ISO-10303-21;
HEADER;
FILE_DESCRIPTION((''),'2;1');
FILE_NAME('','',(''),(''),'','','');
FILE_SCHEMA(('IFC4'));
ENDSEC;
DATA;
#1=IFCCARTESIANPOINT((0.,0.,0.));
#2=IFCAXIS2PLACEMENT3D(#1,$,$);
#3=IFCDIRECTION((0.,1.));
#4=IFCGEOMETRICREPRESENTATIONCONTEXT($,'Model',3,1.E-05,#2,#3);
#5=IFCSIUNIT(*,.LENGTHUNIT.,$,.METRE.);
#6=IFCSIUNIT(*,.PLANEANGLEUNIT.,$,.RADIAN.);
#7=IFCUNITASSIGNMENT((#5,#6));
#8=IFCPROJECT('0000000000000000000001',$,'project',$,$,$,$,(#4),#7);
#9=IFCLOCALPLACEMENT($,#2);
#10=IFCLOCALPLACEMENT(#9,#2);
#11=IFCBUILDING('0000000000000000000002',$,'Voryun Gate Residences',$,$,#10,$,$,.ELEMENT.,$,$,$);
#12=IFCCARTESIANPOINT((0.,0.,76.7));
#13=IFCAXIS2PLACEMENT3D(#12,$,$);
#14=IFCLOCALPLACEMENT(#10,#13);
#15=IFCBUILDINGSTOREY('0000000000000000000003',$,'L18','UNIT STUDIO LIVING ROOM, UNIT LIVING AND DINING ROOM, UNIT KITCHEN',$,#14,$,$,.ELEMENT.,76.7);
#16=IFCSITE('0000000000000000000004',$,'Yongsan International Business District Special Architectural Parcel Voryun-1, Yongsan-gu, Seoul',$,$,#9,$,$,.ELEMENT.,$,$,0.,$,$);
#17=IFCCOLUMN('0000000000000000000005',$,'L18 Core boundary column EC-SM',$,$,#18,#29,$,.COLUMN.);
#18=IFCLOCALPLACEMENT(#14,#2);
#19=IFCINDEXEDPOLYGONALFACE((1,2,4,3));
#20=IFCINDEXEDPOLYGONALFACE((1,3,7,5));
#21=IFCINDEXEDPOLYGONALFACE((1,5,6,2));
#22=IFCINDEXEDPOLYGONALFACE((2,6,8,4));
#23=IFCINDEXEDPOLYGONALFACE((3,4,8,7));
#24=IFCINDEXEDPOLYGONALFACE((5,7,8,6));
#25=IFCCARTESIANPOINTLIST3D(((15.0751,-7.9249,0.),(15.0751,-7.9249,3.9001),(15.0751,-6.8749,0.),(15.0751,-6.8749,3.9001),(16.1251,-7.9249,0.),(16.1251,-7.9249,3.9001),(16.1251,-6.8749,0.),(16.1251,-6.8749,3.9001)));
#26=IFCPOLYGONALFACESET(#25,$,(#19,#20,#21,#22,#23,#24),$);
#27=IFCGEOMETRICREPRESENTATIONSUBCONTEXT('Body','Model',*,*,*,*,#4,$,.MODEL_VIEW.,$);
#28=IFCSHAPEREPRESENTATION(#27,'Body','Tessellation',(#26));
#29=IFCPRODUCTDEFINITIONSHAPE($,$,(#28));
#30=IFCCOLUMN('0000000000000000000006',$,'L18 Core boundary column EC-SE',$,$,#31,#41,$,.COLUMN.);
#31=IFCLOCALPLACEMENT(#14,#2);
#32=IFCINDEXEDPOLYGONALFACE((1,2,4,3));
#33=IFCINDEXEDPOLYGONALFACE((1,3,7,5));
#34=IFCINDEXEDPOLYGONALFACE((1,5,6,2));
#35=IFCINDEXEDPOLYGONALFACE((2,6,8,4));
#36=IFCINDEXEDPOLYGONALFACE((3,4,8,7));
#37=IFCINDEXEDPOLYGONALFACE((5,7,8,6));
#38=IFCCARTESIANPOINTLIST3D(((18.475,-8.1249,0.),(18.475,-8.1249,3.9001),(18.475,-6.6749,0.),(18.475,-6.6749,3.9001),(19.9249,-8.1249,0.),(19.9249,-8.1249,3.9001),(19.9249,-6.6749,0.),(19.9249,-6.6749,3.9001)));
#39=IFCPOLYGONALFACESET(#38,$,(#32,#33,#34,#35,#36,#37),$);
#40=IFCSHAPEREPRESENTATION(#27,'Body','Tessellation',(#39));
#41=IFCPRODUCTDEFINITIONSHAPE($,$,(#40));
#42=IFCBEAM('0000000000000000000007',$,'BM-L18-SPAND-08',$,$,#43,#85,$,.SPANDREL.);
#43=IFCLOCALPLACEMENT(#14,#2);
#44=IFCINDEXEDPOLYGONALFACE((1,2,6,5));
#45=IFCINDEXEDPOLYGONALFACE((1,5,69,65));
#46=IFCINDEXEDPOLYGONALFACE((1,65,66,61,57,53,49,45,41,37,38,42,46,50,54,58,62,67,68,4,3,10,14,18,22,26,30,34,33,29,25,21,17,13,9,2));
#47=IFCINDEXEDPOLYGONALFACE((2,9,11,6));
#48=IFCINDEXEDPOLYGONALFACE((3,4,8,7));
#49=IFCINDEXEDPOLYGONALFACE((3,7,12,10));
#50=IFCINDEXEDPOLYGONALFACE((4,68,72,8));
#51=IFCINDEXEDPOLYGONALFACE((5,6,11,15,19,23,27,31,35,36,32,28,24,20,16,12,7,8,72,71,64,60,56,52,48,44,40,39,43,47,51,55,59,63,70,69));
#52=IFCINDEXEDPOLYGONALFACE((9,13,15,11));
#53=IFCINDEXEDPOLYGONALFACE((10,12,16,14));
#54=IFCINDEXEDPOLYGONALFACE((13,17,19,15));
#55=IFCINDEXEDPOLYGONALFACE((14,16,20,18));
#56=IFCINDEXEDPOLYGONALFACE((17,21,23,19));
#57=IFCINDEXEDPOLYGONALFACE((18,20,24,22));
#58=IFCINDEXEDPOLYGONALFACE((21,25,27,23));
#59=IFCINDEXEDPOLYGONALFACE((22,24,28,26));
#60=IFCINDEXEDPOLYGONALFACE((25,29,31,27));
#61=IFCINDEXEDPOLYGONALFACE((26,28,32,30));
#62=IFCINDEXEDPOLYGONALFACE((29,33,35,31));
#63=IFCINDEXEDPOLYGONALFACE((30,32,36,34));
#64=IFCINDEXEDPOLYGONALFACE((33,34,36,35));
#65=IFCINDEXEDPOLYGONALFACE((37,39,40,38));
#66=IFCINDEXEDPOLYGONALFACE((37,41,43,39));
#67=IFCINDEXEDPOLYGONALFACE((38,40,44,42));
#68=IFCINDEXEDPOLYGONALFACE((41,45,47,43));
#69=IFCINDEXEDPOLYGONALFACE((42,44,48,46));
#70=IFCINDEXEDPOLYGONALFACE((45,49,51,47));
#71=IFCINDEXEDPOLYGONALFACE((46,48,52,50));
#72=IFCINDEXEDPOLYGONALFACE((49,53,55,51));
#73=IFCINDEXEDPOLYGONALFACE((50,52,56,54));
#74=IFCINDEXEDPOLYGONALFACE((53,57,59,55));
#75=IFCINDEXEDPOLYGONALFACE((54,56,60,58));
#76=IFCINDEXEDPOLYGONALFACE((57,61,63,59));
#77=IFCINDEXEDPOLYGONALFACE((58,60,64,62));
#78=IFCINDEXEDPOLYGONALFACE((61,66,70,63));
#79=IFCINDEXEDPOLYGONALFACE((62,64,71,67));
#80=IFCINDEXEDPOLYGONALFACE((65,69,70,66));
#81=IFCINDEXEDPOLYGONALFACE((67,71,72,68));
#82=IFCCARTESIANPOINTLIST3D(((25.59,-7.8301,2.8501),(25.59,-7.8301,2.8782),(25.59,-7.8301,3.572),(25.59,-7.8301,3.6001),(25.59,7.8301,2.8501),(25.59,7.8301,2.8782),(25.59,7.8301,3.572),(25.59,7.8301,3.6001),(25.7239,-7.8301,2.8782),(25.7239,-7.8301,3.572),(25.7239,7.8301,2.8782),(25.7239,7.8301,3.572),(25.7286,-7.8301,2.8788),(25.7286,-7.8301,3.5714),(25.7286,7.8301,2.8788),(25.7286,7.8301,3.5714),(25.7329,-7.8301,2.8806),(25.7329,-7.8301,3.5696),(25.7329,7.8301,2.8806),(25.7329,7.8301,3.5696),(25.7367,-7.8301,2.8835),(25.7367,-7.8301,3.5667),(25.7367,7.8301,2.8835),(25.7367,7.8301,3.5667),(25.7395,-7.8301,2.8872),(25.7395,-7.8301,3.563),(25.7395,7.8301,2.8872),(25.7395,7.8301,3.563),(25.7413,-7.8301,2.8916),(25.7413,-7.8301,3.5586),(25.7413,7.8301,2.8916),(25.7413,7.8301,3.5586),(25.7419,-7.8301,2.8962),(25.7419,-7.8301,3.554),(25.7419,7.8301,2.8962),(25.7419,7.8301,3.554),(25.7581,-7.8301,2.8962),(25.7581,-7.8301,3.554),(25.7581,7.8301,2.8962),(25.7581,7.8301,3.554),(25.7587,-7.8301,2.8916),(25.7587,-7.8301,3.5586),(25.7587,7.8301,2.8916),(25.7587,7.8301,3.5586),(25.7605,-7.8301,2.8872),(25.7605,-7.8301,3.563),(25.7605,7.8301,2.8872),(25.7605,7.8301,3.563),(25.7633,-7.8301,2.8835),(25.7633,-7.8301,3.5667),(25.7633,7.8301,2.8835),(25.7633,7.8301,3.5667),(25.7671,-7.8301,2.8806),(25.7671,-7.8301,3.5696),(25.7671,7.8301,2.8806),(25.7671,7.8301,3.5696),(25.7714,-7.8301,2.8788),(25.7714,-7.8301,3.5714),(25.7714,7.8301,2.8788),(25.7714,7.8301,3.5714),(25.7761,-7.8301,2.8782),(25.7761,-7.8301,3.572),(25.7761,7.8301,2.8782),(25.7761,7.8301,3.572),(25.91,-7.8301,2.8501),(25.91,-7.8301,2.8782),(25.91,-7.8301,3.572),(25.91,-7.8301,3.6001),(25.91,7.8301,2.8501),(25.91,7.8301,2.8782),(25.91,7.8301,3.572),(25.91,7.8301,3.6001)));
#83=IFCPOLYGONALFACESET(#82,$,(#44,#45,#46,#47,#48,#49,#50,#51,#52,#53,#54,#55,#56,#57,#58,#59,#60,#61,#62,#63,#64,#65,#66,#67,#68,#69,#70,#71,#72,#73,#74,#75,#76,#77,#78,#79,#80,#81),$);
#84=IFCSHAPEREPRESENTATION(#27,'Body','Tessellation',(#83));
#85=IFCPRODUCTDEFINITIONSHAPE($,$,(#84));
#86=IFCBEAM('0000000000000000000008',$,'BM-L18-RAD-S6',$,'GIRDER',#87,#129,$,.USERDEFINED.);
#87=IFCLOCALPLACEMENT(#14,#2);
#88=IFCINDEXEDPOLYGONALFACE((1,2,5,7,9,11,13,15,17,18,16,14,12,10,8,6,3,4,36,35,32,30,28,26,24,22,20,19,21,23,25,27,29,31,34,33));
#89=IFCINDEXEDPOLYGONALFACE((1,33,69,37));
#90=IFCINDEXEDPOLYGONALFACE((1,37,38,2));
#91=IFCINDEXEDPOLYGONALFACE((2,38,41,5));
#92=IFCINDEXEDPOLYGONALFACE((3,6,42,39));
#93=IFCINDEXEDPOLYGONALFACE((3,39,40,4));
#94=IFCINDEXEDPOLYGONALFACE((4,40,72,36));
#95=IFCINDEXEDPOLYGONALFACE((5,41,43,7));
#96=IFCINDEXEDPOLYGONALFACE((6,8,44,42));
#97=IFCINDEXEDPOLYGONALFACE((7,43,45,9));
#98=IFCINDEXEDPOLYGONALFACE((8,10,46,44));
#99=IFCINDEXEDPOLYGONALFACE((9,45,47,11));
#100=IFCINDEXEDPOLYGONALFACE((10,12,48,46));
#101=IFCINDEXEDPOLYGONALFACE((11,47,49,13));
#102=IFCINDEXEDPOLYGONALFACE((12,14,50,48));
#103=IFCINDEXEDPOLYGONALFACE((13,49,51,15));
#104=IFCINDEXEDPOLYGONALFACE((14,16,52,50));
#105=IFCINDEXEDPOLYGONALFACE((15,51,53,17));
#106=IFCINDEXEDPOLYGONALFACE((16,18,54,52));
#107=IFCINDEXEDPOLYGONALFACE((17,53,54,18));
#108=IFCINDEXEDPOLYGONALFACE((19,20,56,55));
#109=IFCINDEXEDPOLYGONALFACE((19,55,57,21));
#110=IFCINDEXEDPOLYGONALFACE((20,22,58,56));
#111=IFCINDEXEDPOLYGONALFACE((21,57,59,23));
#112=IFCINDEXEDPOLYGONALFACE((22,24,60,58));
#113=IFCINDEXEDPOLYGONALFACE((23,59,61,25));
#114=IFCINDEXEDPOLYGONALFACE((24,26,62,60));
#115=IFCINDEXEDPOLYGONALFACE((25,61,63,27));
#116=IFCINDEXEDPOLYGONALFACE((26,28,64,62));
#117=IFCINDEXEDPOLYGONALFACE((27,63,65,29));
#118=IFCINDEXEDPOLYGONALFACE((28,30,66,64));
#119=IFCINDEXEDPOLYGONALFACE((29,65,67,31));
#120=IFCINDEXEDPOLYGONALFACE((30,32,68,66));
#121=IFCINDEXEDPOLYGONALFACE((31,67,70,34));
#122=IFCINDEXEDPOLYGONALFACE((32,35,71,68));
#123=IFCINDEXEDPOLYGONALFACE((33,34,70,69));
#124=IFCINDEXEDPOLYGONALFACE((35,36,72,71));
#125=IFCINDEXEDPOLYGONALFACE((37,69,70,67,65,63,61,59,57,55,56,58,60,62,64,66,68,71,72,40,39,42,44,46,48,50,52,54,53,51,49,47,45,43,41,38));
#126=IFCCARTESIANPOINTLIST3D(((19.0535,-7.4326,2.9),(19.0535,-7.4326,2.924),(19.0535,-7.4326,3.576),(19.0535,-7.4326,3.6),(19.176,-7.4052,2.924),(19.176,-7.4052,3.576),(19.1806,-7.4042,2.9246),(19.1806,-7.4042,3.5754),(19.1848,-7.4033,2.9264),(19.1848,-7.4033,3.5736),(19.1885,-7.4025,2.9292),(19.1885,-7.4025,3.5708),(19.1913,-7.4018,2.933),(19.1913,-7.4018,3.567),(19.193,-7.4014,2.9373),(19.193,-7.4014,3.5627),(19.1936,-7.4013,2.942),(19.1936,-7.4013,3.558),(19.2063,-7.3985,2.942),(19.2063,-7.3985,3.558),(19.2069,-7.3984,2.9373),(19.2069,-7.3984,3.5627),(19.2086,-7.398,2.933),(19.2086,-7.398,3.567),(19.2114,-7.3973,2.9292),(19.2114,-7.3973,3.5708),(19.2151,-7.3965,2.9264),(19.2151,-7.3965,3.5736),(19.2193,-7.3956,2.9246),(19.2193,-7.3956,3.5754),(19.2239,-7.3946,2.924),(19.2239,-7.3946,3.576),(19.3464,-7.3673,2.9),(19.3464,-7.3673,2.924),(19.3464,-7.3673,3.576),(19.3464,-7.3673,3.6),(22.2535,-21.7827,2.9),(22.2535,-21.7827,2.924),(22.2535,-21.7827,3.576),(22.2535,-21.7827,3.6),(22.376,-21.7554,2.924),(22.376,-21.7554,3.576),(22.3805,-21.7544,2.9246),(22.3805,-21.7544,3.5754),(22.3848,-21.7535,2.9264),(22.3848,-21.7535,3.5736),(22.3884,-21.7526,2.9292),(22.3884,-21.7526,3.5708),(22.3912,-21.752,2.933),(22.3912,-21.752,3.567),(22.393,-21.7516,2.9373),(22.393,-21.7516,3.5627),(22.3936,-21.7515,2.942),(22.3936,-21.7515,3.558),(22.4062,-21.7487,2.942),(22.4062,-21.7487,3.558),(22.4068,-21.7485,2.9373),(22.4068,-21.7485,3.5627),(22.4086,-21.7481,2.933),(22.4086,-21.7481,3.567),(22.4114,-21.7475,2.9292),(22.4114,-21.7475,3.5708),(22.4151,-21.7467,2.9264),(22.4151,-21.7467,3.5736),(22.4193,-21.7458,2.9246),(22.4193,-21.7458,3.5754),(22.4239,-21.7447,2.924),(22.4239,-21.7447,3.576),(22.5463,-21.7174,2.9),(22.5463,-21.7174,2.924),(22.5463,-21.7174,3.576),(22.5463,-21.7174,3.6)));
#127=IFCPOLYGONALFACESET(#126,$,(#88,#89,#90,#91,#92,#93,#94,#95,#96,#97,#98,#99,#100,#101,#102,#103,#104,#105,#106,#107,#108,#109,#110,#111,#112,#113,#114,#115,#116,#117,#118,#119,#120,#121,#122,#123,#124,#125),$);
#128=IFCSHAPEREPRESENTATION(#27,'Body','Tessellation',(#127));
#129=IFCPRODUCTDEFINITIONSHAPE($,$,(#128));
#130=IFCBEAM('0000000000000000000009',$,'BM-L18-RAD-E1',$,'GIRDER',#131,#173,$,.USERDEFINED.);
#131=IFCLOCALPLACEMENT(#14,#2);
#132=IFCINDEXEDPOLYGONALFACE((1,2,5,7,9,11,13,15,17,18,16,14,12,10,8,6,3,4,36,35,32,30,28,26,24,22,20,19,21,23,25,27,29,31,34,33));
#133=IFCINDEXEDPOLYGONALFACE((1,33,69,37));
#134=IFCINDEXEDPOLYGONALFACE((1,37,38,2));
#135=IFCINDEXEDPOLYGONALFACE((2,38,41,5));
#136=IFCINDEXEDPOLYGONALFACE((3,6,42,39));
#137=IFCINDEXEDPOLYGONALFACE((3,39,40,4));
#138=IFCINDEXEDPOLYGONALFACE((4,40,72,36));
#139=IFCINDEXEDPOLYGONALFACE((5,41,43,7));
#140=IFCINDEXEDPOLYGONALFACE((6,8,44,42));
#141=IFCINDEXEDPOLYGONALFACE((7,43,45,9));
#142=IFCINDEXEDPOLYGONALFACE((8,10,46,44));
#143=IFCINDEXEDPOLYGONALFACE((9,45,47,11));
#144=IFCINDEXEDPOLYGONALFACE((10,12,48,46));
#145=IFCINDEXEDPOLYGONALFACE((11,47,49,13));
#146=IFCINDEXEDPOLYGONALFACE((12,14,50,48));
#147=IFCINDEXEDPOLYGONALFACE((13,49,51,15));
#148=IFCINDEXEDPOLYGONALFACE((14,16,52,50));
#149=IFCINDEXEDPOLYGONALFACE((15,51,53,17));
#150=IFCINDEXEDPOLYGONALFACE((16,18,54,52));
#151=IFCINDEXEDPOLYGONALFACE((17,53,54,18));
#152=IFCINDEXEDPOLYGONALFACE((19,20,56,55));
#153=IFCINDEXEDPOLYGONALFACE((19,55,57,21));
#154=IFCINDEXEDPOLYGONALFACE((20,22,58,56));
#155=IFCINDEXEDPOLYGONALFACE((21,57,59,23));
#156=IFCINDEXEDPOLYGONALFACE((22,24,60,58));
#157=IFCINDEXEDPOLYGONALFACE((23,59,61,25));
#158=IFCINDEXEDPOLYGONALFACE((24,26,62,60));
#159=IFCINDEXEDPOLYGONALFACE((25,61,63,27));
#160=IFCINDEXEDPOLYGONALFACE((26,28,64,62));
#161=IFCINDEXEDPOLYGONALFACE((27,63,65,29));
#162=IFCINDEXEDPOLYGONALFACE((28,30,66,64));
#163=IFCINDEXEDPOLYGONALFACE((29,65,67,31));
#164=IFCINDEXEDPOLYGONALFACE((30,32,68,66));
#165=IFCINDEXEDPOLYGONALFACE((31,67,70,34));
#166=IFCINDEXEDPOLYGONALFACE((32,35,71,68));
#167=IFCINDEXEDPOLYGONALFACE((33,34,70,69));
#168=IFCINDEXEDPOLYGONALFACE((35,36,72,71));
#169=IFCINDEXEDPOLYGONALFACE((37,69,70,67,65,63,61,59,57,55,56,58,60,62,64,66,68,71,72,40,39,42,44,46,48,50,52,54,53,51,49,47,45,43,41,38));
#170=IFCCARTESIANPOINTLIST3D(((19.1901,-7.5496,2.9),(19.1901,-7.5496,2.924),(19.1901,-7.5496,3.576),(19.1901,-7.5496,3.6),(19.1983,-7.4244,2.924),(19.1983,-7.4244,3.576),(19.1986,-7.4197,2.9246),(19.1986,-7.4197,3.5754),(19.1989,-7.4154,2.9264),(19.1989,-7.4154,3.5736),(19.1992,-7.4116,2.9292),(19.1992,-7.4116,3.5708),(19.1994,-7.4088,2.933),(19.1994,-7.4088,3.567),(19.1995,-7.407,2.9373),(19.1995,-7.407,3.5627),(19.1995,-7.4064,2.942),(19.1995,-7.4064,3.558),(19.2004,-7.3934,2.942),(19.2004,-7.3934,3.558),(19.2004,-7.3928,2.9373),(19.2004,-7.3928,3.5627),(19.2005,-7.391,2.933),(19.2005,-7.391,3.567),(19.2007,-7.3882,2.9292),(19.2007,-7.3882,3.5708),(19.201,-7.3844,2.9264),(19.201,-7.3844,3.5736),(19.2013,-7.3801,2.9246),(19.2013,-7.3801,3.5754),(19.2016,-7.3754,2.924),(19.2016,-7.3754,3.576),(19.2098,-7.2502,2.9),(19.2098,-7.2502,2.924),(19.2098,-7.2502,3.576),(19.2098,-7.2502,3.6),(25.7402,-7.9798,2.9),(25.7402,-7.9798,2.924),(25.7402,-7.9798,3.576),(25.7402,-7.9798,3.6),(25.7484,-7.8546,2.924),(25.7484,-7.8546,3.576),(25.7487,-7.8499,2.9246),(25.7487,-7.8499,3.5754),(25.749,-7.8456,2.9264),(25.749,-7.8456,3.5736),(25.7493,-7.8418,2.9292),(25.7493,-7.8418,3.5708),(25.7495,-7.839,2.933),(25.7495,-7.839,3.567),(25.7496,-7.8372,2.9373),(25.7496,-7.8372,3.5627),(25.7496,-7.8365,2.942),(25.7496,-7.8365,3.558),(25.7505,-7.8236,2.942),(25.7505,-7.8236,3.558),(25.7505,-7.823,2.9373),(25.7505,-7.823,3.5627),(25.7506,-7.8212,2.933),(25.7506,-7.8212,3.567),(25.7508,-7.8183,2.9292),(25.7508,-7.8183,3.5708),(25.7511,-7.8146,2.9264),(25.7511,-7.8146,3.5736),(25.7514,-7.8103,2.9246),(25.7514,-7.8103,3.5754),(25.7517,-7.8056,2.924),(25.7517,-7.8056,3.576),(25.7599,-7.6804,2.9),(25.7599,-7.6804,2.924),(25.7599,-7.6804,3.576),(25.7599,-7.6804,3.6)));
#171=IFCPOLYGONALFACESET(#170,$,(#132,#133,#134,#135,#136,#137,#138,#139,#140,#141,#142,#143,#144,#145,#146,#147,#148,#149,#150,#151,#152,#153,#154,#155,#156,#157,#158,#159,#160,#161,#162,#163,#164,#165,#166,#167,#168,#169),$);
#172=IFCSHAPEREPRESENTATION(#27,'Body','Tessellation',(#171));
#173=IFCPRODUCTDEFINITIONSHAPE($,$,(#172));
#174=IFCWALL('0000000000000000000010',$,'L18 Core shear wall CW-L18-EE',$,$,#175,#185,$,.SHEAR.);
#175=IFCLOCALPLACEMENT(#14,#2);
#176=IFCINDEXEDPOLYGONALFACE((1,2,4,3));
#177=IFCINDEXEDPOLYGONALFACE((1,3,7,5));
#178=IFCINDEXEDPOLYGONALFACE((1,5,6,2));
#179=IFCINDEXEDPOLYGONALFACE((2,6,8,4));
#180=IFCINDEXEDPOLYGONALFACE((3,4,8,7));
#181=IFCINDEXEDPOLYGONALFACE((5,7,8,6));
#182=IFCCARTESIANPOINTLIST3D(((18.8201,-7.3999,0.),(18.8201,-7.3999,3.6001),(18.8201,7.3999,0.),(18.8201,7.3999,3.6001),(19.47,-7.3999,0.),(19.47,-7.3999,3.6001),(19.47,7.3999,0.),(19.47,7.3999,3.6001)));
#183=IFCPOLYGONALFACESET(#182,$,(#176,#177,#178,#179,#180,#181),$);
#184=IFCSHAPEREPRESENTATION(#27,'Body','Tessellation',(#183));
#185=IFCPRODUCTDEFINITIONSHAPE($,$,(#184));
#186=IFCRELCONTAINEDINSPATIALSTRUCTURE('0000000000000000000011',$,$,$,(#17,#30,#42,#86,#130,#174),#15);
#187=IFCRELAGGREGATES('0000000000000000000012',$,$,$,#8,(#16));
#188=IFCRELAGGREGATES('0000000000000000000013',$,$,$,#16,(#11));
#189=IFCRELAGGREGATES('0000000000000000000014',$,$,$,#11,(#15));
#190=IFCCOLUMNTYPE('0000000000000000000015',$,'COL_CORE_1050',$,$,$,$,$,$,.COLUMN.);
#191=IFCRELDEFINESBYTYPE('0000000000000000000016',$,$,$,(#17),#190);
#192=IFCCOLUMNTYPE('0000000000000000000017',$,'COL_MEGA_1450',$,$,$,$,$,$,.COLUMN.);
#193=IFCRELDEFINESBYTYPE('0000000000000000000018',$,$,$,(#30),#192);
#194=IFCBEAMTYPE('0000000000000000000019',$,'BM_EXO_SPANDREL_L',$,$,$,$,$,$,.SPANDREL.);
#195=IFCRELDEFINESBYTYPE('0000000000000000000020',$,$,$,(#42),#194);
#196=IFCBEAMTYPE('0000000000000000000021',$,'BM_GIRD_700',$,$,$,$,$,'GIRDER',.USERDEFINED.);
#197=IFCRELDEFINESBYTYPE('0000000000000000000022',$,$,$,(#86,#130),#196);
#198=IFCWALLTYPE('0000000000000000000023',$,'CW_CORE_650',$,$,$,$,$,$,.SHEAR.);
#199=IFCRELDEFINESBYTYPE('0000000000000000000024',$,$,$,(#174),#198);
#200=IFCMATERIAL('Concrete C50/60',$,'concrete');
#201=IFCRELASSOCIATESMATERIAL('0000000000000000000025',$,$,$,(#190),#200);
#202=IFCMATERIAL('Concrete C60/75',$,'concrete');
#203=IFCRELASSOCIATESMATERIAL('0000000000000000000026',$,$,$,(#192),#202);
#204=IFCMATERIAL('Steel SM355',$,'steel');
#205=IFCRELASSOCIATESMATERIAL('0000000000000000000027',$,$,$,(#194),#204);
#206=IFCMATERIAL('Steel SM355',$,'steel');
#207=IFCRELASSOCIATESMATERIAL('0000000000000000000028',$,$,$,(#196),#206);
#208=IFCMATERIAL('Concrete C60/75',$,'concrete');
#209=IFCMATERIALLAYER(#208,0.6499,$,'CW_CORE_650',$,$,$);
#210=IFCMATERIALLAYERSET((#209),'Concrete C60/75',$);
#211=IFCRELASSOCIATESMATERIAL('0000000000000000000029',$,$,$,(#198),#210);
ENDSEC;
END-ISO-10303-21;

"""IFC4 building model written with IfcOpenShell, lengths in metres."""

from ifc_helpers import new_model, si_unit, direction, frame, frame_2d, origin, origin_2d, place, context, subcontext, project, spatial, rectangle, i_section, extrude, material, layer, layer_set, material_profile, profile_set, type_object, element, save


model = new_model("IFC4")

# Units and contexts
model_context = context("Model", 3, precision=1e-05, world=origin(), true_north=direction((0.0, 1.0)))
body_context = subcontext(model_context, "Body", "Model", "MODEL_VIEW")
ifc_project = project(units=[si_unit("LENGTHUNIT", "METRE"), si_unit("PLANEANGLEUNIT", "RADIAN")], contexts=[model_context])

# Site, building, storey
site_placement = place(None, origin())
site = spatial("IfcSite", under=ifc_project, at=site_placement, Name="Yongsan International Business District Special Architectural Parcel Voryun-1, Yongsan-gu, Seoul", CompositionType="ELEMENT", RefElevation=0.0)
building_placement = place(site_placement, origin())
building = spatial("IfcBuilding", under=site, at=building_placement, Name="Voryun Gate Residences", CompositionType="ELEMENT")
storey_placement = place(building_placement, frame((0.0, 0.0, 76.7)))
storey = spatial("IfcBuildingStorey", under=building, at=storey_placement, Name="L18", Description="UNIT STUDIO LIVING ROOM, UNIT LIVING AND DINING ROOM, UNIT KITCHEN", CompositionType="ELEMENT", Elevation=76.7)

# Columns
ifc_material_1 = material(Name="Concrete C50/60", Category="concrete")
ifc_material_profile_1 = material_profile(ifc_material_1, rectangle(XDim=1.05, YDim=1.05, at=origin_2d()), Name="RC-1050x1050")
ifc_profile_set_1 = profile_set([ifc_material_profile_1], Name="Concrete C50/60")
column_type_1 = type_object("IfcColumnType", Name="COL_CORE_1050", PredefinedType="COLUMN", material=ifc_profile_set_1)
column_1_placement = place(storey_placement, frame((15.6001, -7.3999, 0.0), z_axis=(0.0, 0.0, 1.0), x_axis=(1.0, 0.0, 0.0)))
element("IfcColumn", 1, at=column_1_placement, inside=storey, type_object=column_type_1, Name="L18 Core boundary column EC-SM", PredefinedType="COLUMN", context=body_context, shape_type="SweptSolid", body=[
    extrude(rectangle(XDim=1.05, YDim=1.05, at=origin_2d()), origin(), (0.0, 0.0, 1.0), 3.9001),
])
ifc_material_2 = material(Name="Concrete C60/75", Category="concrete")
ifc_material_profile_2 = material_profile(ifc_material_2, rectangle(XDim=1.45, YDim=1.45, at=origin_2d()), Name="RC-1450x1450")
ifc_profile_set_2 = profile_set([ifc_material_profile_2], Name="Concrete C60/75")
column_type_2 = type_object("IfcColumnType", Name="COL_MEGA_1450", PredefinedType="COLUMN", material=ifc_profile_set_2)
column_2_placement = place(storey_placement, frame((19.2, -7.3999, 0.0), z_axis=(0.0, 0.0, 1.0), x_axis=(1.0, 0.0, 0.0)))
element("IfcColumn", 2, at=column_2_placement, inside=storey, type_object=column_type_2, Name="L18 Core boundary column EC-SE", PredefinedType="COLUMN", context=body_context, shape_type="SweptSolid", body=[
    extrude(rectangle(XDim=1.45, YDim=1.45, at=origin_2d()), origin(), (0.0, 0.0, 1.0), 3.9001),
])

# Beams
ifc_material_3 = material(Name="Steel SM355", Category="steel")
ifc_material_profile_3 = material_profile(ifc_material_3, i_section(OverallWidth=0.3201, OverallDepth=0.75, WebThickness=0.0161, FlangeThickness=0.0281, FilletRadius=0.0181, at=origin_2d()), Name="H-750x320x16x28")
ifc_profile_set_3 = profile_set([ifc_material_profile_3], Name="Steel SM355")
beam_type_1 = type_object("IfcBeamType", Name="BM_EXO_SPANDREL_L", PredefinedType="SPANDREL", material=ifc_profile_set_3)
beam_1_placement = place(storey_placement, frame((25.75, -7.8301, 3.2251), z_axis=(0.0, 1.0, 0.0), x_axis=(-1.0, 0.0, 0.0)))
element("IfcBeam", 3, at=beam_1_placement, inside=storey, type_object=beam_type_1, Name="BM-L18-SPAND-08", PredefinedType="SPANDREL", context=body_context, shape_type="SweptSolid", body=[
    extrude(i_section(OverallWidth=0.3201, OverallDepth=0.75, WebThickness=0.0161, FlangeThickness=0.0281, FilletRadius=0.0181, at=origin_2d()), origin(), (0.0, 0.0, 1.0), 15.6602),
])
ifc_material_4 = material(Name="Steel SM355", Category="steel")
ifc_material_profile_4 = material_profile(ifc_material_4, i_section(OverallWidth=0.3, OverallDepth=0.7, WebThickness=0.0129, FlangeThickness=0.0239, FilletRadius=0.0181, at=origin_2d()), Name="H-700x300x13x24")
ifc_profile_set_4 = profile_set([ifc_material_profile_4], Name="Steel SM355")
beam_type_2 = type_object("IfcBeamType", Name="BM_GIRD_700", ElementType="GIRDER", PredefinedType="USERDEFINED", material=ifc_profile_set_4)
beam_2_placement = place(storey_placement, frame((19.2, -7.3999, 3.25), z_axis=(0.217646, -0.976028, 0.0), x_axis=(0.976028, 0.217646, 0.0)))
element("IfcBeam", 4, at=beam_2_placement, inside=storey, type_object=beam_type_2, Name="BM-L18-RAD-S6", ObjectType="GIRDER", PredefinedType="USERDEFINED", context=body_context, shape_type="SweptSolid", body=[
    extrude(i_section(OverallWidth=0.3, OverallDepth=0.7, WebThickness=0.0129, FlangeThickness=0.0239, FilletRadius=0.0181, at=origin_2d()), origin(), (0.0, 0.0, 1.0), 14.7026),
])
beam_3_placement = place(storey_placement, frame((19.2, -7.3999, 3.25), z_axis=(0.99785, -0.065534, 0.0), x_axis=(0.065534, 0.99785, 0.0)))
element("IfcBeam", 5, at=beam_3_placement, inside=storey, type_object=beam_type_2, Name="BM-L18-RAD-E1", ObjectType="GIRDER", PredefinedType="USERDEFINED", context=body_context, shape_type="SweptSolid", body=[
    extrude(i_section(OverallWidth=0.3, OverallDepth=0.7, WebThickness=0.0129, FlangeThickness=0.0239, FilletRadius=0.0181, at=origin_2d()), origin(), (0.0, 0.0, 1.0), 6.5642),
])

# Wall
ifc_material_5 = material(Name="Concrete C60/75", Category="concrete")
ifc_layer_1 = layer(ifc_material_5, 0.6499, Name="CW_CORE_650")
ifc_layer_set_1 = layer_set([ifc_layer_1], Name="Concrete C60/75")
wall_type_1 = type_object("IfcWallType", Name="CW_CORE_650", PredefinedType="SHEAR", material=ifc_layer_set_1)
wall_1_placement = place(storey_placement, frame((19.145, -7.3999, 0.0), z_axis=(0.0, 0.0, 1.0), x_axis=(0.0, 1.0, 0.0)))
element("IfcWall", 6, at=wall_1_placement, inside=storey, type_object=wall_type_1, Name="L18 Core shear wall CW-L18-EE", PredefinedType="SHEAR", context=body_context, shape_type="SweptSolid", body=[
    extrude(rectangle(XDim=14.7998, YDim=0.6499, at=frame_2d((7.3999, 0.0))), origin(), (0.0, 0.0, 1.0), 3.6001),
])

save(model, "model.ifc")
